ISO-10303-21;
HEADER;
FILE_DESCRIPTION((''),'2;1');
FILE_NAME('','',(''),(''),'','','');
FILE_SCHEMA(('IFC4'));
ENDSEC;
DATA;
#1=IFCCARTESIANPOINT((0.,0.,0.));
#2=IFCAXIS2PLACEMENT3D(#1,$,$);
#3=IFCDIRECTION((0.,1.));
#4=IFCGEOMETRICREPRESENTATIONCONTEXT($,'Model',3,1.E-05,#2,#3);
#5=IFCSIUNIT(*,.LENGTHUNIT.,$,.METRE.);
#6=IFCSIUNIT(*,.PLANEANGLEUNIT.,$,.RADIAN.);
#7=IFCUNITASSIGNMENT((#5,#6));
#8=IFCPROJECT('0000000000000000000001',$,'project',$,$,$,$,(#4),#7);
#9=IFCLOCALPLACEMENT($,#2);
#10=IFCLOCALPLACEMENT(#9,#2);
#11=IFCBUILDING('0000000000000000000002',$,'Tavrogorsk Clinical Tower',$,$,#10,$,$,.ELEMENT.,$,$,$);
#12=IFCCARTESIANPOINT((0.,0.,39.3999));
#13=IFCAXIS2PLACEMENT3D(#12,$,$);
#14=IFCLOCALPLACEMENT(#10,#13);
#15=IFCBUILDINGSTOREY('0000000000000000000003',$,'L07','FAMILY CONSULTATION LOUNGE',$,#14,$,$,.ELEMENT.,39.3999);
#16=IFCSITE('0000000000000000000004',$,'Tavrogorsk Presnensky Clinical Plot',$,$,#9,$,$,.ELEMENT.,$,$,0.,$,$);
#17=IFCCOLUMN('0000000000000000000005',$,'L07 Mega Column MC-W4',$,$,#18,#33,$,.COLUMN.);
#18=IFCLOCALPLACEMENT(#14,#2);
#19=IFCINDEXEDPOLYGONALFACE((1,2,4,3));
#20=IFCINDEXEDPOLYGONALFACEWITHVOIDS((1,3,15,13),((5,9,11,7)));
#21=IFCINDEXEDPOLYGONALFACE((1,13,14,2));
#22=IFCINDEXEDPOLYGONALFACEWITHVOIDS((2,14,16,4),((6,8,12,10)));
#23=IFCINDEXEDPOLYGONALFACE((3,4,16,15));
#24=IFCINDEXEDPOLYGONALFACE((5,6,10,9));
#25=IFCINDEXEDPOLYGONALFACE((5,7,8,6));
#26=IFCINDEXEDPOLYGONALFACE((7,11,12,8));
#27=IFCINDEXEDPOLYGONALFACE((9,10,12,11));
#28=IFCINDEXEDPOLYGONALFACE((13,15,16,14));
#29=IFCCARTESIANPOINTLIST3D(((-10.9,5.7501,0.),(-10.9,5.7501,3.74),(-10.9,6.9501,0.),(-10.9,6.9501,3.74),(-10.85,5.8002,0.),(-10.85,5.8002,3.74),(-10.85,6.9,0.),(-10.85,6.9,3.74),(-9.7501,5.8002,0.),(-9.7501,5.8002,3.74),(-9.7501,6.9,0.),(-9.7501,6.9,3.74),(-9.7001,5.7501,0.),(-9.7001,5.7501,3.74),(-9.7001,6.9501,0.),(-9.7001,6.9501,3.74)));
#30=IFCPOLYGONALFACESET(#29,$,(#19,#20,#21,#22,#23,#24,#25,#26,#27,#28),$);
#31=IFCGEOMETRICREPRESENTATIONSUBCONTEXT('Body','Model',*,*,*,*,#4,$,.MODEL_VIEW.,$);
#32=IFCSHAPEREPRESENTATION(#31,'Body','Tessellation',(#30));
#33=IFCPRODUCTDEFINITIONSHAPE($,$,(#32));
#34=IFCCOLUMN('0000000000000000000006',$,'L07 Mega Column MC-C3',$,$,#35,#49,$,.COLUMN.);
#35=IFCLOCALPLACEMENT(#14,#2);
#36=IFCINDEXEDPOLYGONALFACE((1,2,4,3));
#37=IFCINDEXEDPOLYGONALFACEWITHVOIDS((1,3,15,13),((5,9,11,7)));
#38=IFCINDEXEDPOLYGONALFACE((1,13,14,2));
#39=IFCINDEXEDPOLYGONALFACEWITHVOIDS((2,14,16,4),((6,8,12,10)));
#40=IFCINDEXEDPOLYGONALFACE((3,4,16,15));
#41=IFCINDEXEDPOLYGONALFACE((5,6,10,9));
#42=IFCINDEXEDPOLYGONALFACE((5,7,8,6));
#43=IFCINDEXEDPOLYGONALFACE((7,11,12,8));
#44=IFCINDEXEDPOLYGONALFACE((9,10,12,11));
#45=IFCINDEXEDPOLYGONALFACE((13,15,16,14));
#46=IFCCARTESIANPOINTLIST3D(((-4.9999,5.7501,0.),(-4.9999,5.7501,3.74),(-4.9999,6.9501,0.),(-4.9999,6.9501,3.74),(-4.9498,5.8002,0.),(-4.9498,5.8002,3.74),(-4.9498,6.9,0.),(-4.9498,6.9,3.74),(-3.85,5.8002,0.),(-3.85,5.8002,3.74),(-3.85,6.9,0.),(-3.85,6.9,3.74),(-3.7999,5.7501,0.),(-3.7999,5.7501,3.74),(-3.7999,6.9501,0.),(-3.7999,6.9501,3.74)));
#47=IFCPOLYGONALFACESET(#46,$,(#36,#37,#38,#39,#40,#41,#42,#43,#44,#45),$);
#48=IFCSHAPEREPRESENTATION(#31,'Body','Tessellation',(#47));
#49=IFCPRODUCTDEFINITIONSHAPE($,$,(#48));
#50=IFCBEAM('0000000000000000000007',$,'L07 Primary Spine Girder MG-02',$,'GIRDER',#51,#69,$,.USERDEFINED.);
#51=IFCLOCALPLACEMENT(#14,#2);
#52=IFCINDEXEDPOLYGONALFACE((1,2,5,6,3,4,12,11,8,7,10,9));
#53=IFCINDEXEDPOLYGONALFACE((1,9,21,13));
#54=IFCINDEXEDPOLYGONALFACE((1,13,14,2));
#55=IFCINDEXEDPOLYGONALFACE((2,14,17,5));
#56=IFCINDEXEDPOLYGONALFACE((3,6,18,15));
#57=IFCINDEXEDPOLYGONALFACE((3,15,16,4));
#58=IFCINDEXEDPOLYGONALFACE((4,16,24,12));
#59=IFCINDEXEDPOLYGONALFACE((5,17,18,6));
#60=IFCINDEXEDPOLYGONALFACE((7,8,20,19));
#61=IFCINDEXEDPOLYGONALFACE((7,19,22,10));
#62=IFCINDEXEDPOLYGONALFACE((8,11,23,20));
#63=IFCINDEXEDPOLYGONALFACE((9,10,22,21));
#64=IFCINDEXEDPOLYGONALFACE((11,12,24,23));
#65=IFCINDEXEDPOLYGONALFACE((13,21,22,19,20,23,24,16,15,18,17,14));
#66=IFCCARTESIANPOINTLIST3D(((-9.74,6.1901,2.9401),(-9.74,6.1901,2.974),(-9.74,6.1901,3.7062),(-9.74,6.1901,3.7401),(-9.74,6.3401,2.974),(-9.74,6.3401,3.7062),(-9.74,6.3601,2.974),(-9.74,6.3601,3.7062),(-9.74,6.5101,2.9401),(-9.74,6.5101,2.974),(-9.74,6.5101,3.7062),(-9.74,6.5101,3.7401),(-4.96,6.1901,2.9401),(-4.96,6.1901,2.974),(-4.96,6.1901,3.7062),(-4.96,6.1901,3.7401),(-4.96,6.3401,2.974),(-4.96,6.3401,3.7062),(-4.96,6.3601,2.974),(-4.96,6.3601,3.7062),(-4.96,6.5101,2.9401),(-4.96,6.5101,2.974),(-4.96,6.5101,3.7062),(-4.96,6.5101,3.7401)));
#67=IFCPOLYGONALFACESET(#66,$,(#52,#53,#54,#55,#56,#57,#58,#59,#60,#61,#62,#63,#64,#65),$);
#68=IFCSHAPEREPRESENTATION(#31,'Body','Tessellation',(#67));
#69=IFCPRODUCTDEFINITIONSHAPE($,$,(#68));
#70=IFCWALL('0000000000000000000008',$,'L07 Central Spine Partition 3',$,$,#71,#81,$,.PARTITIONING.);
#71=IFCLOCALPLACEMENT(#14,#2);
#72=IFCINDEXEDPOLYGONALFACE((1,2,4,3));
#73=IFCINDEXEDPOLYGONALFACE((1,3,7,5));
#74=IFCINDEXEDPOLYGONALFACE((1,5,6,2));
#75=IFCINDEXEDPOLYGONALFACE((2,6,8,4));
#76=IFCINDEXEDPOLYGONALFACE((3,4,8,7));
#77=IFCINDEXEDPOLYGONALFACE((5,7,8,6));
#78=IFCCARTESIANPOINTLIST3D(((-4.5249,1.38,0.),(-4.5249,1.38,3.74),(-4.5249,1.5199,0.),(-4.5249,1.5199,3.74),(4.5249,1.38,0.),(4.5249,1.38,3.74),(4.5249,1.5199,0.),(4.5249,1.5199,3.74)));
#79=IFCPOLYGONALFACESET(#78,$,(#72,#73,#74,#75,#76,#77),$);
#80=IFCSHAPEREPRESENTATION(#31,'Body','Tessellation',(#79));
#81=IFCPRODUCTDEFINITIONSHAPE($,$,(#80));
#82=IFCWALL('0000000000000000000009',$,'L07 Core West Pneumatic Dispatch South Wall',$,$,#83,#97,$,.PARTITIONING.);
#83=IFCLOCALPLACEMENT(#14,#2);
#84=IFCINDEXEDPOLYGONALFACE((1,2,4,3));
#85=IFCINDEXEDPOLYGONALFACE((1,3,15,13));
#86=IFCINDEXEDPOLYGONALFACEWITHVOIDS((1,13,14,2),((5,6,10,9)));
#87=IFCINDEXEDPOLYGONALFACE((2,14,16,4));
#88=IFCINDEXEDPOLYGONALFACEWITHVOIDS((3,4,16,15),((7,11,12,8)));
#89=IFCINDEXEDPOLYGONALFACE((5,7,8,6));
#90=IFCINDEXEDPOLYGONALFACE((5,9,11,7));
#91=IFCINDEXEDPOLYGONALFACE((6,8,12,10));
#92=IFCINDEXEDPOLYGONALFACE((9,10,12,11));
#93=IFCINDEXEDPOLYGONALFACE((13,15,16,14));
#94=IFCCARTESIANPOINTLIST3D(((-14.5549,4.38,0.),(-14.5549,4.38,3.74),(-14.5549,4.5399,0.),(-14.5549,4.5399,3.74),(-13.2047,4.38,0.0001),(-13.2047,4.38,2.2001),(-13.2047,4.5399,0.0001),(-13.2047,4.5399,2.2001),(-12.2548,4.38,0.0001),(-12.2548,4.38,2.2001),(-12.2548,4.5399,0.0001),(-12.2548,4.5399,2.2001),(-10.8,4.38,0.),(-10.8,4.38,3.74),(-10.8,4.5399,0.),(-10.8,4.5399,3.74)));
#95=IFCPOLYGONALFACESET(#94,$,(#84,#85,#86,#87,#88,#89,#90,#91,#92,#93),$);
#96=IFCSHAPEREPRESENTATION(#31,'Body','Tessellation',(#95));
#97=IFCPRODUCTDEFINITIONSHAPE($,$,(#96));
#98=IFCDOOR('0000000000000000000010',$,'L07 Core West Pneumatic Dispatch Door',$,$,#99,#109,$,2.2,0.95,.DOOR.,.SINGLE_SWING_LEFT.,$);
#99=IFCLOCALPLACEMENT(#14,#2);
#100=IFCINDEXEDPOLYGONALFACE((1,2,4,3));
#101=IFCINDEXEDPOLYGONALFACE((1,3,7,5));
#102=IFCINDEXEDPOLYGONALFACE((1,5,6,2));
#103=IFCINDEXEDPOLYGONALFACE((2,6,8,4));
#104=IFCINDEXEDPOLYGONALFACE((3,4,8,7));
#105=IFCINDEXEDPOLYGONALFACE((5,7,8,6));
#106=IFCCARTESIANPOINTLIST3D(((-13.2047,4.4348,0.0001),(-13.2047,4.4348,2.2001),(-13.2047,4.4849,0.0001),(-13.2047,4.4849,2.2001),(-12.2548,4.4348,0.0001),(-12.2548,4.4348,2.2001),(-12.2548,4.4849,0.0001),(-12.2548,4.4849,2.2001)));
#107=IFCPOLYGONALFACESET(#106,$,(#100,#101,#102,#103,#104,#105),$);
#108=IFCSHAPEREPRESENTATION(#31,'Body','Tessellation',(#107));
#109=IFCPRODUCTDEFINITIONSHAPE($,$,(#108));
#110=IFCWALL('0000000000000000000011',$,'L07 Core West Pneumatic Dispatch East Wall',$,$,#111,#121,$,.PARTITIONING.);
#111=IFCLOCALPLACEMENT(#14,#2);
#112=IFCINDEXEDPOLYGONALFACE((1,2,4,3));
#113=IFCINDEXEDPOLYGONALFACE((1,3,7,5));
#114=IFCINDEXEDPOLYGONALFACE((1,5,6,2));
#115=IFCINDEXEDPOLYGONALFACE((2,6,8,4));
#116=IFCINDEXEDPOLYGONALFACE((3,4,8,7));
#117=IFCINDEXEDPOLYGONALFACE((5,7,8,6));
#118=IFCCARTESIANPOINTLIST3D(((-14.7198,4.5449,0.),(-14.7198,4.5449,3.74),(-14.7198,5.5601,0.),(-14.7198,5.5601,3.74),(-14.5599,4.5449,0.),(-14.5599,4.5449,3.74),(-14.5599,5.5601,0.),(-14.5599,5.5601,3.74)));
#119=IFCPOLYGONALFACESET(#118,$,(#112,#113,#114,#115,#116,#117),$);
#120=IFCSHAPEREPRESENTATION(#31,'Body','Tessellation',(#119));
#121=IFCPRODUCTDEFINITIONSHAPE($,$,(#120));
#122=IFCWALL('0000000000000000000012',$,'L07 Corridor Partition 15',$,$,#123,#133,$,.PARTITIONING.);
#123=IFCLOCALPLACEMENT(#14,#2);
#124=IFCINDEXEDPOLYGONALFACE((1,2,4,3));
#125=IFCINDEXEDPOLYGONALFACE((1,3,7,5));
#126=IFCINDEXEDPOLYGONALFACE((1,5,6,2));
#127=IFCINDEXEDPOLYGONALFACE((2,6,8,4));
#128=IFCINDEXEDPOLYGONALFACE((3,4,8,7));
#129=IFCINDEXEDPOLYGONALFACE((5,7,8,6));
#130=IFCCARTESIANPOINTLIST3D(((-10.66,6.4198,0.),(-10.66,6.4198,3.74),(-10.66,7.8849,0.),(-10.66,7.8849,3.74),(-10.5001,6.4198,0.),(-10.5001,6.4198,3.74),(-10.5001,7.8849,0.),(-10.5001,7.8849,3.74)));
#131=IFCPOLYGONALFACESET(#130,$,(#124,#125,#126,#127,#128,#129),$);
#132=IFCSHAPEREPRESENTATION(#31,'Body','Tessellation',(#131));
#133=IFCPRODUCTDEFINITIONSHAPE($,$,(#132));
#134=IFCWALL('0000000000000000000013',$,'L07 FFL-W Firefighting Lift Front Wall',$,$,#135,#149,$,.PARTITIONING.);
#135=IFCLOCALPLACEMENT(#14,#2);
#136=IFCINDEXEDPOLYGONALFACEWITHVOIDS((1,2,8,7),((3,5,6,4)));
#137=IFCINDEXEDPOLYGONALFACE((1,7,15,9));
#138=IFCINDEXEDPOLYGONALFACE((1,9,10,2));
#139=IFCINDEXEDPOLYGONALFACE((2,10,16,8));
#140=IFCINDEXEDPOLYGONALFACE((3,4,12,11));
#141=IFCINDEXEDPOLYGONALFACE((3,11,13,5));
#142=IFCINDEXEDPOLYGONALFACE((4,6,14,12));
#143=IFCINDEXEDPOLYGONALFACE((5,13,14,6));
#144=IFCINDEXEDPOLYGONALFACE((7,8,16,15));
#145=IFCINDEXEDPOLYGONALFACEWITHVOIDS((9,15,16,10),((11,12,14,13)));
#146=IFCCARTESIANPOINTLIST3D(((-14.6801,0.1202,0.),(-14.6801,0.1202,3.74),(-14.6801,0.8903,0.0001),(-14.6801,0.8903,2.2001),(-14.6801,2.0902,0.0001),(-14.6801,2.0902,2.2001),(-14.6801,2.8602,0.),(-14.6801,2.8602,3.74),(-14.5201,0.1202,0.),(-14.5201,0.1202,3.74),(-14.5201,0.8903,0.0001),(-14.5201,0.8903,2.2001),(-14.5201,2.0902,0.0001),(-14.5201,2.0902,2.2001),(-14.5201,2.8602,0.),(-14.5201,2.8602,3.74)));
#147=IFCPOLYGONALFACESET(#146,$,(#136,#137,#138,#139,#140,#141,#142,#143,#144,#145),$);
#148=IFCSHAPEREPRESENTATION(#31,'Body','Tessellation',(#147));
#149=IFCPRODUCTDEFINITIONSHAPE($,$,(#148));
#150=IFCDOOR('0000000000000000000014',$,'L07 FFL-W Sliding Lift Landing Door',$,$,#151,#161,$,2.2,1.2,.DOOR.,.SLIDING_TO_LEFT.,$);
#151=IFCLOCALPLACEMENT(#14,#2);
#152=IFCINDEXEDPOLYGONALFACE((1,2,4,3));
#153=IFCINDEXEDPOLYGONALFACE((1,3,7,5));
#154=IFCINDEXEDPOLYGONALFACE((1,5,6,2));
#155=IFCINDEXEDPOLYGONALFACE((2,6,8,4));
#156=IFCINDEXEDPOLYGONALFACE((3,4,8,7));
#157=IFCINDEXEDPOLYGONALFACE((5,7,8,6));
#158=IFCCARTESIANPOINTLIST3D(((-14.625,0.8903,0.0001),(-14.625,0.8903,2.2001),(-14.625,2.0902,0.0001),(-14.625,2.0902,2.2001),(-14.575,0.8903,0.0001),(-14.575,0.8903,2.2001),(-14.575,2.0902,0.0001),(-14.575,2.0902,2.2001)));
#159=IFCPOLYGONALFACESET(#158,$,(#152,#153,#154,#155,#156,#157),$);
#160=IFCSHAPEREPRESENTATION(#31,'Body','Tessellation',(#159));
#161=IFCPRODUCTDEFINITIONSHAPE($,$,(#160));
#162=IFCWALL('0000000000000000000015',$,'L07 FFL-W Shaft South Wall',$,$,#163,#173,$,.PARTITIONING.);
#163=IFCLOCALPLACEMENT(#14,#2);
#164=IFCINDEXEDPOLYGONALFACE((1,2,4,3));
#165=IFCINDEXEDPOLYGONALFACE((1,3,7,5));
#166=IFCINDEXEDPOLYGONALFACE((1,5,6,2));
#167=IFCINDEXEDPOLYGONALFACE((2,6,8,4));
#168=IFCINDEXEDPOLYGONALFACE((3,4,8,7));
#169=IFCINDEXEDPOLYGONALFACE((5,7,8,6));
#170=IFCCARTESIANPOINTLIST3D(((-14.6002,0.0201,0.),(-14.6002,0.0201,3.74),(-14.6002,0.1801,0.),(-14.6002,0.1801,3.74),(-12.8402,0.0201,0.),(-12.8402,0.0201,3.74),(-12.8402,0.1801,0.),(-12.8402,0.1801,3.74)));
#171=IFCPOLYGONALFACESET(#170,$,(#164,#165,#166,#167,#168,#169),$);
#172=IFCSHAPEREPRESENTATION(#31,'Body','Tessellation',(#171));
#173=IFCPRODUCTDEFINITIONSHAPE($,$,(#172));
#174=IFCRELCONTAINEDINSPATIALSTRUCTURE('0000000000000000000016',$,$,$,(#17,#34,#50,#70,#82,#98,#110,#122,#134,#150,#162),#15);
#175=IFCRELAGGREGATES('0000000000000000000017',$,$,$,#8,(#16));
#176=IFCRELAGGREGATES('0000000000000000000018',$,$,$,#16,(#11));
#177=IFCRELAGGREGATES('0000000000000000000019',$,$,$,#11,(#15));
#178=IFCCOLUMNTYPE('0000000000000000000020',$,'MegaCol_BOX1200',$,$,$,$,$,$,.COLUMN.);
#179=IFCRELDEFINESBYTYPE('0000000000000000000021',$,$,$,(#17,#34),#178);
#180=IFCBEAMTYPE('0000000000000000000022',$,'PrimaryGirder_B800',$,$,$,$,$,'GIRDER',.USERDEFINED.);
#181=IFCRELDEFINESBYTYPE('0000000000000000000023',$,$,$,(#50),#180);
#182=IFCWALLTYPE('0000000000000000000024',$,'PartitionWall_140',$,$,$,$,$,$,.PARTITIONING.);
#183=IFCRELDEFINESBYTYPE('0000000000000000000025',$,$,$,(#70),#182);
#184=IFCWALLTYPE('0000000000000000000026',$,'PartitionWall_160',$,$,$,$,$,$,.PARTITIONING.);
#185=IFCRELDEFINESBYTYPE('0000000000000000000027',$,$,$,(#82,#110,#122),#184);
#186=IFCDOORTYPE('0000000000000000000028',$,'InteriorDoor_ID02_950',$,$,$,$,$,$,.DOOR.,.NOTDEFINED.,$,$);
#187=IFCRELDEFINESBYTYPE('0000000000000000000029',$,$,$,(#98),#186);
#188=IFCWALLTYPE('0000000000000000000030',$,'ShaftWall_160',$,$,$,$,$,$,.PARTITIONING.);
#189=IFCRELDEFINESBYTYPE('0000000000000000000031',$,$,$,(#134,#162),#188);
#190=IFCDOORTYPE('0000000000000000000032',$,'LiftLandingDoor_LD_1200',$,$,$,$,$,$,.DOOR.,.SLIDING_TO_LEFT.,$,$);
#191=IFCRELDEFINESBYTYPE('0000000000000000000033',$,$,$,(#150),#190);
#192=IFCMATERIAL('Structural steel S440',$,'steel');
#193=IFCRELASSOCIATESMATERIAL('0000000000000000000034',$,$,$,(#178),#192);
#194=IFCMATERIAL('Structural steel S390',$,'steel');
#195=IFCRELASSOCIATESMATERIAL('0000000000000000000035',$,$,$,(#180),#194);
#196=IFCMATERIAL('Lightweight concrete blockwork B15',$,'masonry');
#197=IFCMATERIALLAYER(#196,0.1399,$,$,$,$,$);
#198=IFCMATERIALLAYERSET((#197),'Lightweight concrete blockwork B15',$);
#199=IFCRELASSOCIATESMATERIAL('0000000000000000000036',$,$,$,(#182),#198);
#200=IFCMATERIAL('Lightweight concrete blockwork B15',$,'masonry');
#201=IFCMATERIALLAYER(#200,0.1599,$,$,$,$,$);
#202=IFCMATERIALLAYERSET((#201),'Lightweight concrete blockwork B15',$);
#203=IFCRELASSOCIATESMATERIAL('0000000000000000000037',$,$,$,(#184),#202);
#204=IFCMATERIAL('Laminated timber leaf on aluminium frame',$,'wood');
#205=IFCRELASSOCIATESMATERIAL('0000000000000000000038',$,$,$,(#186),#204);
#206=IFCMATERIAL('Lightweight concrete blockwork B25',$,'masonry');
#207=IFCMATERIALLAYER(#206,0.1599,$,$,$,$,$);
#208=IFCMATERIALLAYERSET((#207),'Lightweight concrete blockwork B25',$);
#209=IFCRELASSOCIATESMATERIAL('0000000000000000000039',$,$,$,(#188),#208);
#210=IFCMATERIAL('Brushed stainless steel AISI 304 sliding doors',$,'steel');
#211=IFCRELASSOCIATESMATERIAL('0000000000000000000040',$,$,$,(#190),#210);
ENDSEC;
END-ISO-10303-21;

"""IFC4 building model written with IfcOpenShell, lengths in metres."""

from ifc_helpers import new_model, si_unit, direction, frame, frame_2d, origin, origin_2d, place, context, subcontext, project, spatial, rectangle, hollow_rectangle, i_section, extrude, material, layer, layer_set, material_profile, profile_set, type_object, element, fill, save


model = new_model("IFC4")

# Units and contexts
model_context = context("Model", 3, precision=1e-05, world=origin(), true_north=direction((0.0, 1.0)))
body_context = subcontext(model_context, "Body", "Model", "MODEL_VIEW")
ifc_project = project(units=[si_unit("LENGTHUNIT", "METRE"), si_unit("PLANEANGLEUNIT", "RADIAN")], contexts=[model_context])

# Site, building, storey
site_placement = place(None, origin())
site = spatial("IfcSite", under=ifc_project, at=site_placement, Name="Tavrogorsk Presnensky Clinical Plot", CompositionType="ELEMENT", RefElevation=0.0)
building_placement = place(site_placement, origin())
building = spatial("IfcBuilding", under=site, at=building_placement, Name="Tavrogorsk Clinical Tower", CompositionType="ELEMENT")
storey_placement = place(building_placement, frame((0.0, 0.0, 39.3999)))
storey = spatial("IfcBuildingStorey", under=building, at=storey_placement, Name="L07", Description="FAMILY CONSULTATION LOUNGE", CompositionType="ELEMENT", Elevation=39.3999)

# Columns
ifc_material_1 = material(Name="Structural steel S440", Category="steel")
ifc_material_profile_1 = material_profile(ifc_material_1, hollow_rectangle(XDim=1.2, YDim=1.2, WallThickness=0.05, at=origin_2d()), Name="BOX-1200x1200x50")
ifc_profile_set_1 = profile_set([ifc_material_profile_1], Name="Structural steel S440")
column_type = type_object("IfcColumnType", Name="MegaCol_BOX1200", PredefinedType="COLUMN", material=ifc_profile_set_1)
for number, where, z_axis, x_axis, name in (
    (1, (-10.3, 6.3501, 0.0), (0.0, 0.0, 1.0), (1.0, 0.0, 0.0), "L07 Mega Column MC-W4"),
    (2, (-4.3999, 6.3501, 0.0), (0.0, 0.0, 1.0), (1.0, 0.0, 0.0), "L07 Mega Column MC-C3"),
):
    element("IfcColumn", number, at=place(storey_placement, frame(where, z_axis=z_axis, x_axis=x_axis)), inside=storey, type_object=column_type, Name=name, PredefinedType="COLUMN", context=body_context, shape_type="SweptSolid", body=[
        extrude(hollow_rectangle(XDim=1.2, YDim=1.2, WallThickness=0.05, at=origin_2d()), origin(), (0.0, 0.0, 1.0), 3.74),
    ])

# Beam
ifc_material_2 = material(Name="Structural steel S390", Category="steel")
ifc_material_profile_2 = material_profile(ifc_material_2, i_section(OverallWidth=0.3201, OverallDepth=0.8, WebThickness=0.02, FlangeThickness=0.0339, at=origin_2d()), Name="B-800x320x20x34")
ifc_profile_set_2 = profile_set([ifc_material_profile_2], Name="Structural steel S390")
beam_type = type_object("IfcBeamType", Name="PrimaryGirder_B800", ElementType="GIRDER", PredefinedType="USERDEFINED", material=ifc_profile_set_2)
beam_placement = place(storey_placement, frame((-9.74, 6.3501, 3.3401), z_axis=(1.0, 0.0, 0.0), x_axis=(0.0, 1.0, 0.0)))
element("IfcBeam", 3, at=beam_placement, inside=storey, type_object=beam_type, Name="L07 Primary Spine Girder MG-02", ObjectType="GIRDER", PredefinedType="USERDEFINED", context=body_context, shape_type="SweptSolid", body=[
    extrude(i_section(OverallWidth=0.3201, OverallDepth=0.8, WebThickness=0.02, FlangeThickness=0.0339, at=origin_2d()), origin(), (0.0, 0.0, 1.0), 4.78),
])

# Wall
ifc_material_3 = material(Name="Lightweight concrete blockwork B15", Category="masonry")
ifc_layer_1 = layer(ifc_material_3, 0.1399)
ifc_layer_set_1 = layer_set([ifc_layer_1], Name="Lightweight concrete blockwork B15")
wall_type_1 = type_object("IfcWallType", Name="PartitionWall_140", PredefinedType="PARTITIONING", material=ifc_layer_set_1)
wall_1_placement = place(storey_placement, frame((-4.5249, 1.45, 0.0), z_axis=(0.0, 0.0, 1.0), x_axis=(1.0, 0.0, 0.0)))
element("IfcWall", 4, at=wall_1_placement, inside=storey, type_object=wall_type_1, Name="L07 Central Spine Partition 3", PredefinedType="PARTITIONING", context=body_context, shape_type="SweptSolid", body=[
    extrude(rectangle(XDim=9.0498, YDim=0.1399, at=frame_2d((4.5249, 0.0))), origin(), (0.0, 0.0, 1.0), 3.74),
])

# Wall, opening, door
ifc_material_4 = material(Name="Lightweight concrete blockwork B15", Category="masonry")
ifc_layer_2 = layer(ifc_material_4, 0.1599)
ifc_layer_set_2 = layer_set([ifc_layer_2], Name="Lightweight concrete blockwork B15")
wall_type_2 = type_object("IfcWallType", Name="PartitionWall_160", PredefinedType="PARTITIONING", material=ifc_layer_set_2)
wall_2_placement = place(storey_placement, frame((-14.5549, 4.46, 0.0), z_axis=(0.0, 0.0, 1.0), x_axis=(1.0, 0.0, 0.0)))
wall_2 = element("IfcWall", 5, at=wall_2_placement, inside=storey, type_object=wall_type_2, Name="L07 Core West Pneumatic Dispatch South Wall", PredefinedType="PARTITIONING", context=body_context, shape_type="SweptSolid", body=[
    extrude(rectangle(XDim=3.7549, YDim=0.1599, at=frame_2d((1.8774, 0.0))), origin(), (0.0, 0.0, 1.0), 3.74),
])
opening_1_placement = place(wall_2_placement, frame((1.3501, 0.0, 0.0)))
opening_1 = element("IfcOpeningElement", 6, at=opening_1_placement, cuts=wall_2, PredefinedType="OPENING", context=body_context, shape_type="SweptSolid", body=[
    extrude(rectangle(XDim=0.95, YDim=2.2, at=frame_2d((0.4751, 1.1001))), frame((0.0, 0.0898, 0.0), z_axis=(0.0, -1.0, 0.0), x_axis=(1.0, 0.0, 0.0)), (0.0, 0.0, 1.0), 0.1799),
])
ifc_material_5 = material(Name="Laminated timber leaf on aluminium frame", Category="wood")
door_type_1 = type_object("IfcDoorType", Name="InteriorDoor_ID02_950", OperationType="NOTDEFINED", PredefinedType="DOOR", material=ifc_material_5)
door_1_placement = place(opening_1_placement, origin())
door_1 = element("IfcDoor", 7, at=door_1_placement, inside=storey, type_object=door_type_1, Name="L07 Core West Pneumatic Dispatch Door", OperationType="SINGLE_SWING_LEFT", OverallHeight=2.2, OverallWidth=0.95, PredefinedType="DOOR", context=body_context, shape_type="SweptSolid", body=[
    extrude(rectangle(XDim=0.95, YDim=2.2, at=frame_2d((0.4751, 1.1001))), frame((0.0, 0.0249, 0.0), z_axis=(0.0, -1.0, 0.0), x_axis=(1.0, 0.0, 0.0)), (0.0, 0.0, 1.0), 0.05),
])
fill(opening_1, door_1)

# Walls
wall_3_placement = place(storey_placement, frame((-14.6399, 4.5449, 0.0), z_axis=(0.0, 0.0, 1.0), x_axis=(0.0, 1.0, 0.0)))
element("IfcWall", 8, at=wall_3_placement, inside=storey, type_object=wall_type_2, Name="L07 Core West Pneumatic Dispatch East Wall", PredefinedType="PARTITIONING", context=body_context, shape_type="SweptSolid", body=[
    extrude(rectangle(XDim=1.0151, YDim=0.1599, at=frame_2d((0.5076, 0.0))), origin(), (0.0, 0.0, 1.0), 3.74),
])
wall_4_placement = place(storey_placement, frame((-10.5801, 6.4199, 0.0), z_axis=(0.0, 0.0, 1.0), x_axis=(0.0, 1.0, 0.0)))
element("IfcWall", 9, at=wall_4_placement, inside=storey, type_object=wall_type_2, Name="L07 Corridor Partition 15", PredefinedType="PARTITIONING", context=body_context, shape_type="SweptSolid", body=[
    extrude(rectangle(XDim=1.4651, YDim=0.1599, at=frame_2d((0.7324, 0.0))), origin(), (0.0, 0.0, 1.0), 3.74),
])

# Wall, opening, door
ifc_material_6 = material(Name="Lightweight concrete blockwork B25", Category="masonry")
ifc_layer_3 = layer(ifc_material_6, 0.1599)
ifc_layer_set_3 = layer_set([ifc_layer_3], Name="Lightweight concrete blockwork B25")
wall_type_3 = type_object("IfcWallType", Name="ShaftWall_160", PredefinedType="PARTITIONING", material=ifc_layer_set_3)
wall_5_placement = place(storey_placement, frame((-14.6001, 0.1201, 0.0), z_axis=(0.0, 0.0, 1.0), x_axis=(0.0, 1.0, 0.0)))
wall_5 = element("IfcWall", 10, at=wall_5_placement, inside=storey, type_object=wall_type_3, Name="L07 FFL-W Firefighting Lift Front Wall", PredefinedType="PARTITIONING", context=body_context, shape_type="SweptSolid", body=[
    extrude(rectangle(XDim=2.74, YDim=0.1599, at=frame_2d((1.3701, 0.0))), origin(), (0.0, 0.0, 1.0), 3.74),
])
opening_2_placement = place(wall_5_placement, frame((0.77, 0.0, 0.0)))
opening_2 = element("IfcOpeningElement", 11, at=opening_2_placement, cuts=wall_5, PredefinedType="OPENING", context=body_context, shape_type="SweptSolid", body=[
    extrude(rectangle(XDim=1.2, YDim=2.2, at=frame_2d((0.6001, 1.1001))), frame((0.0, 0.0898, 0.0), z_axis=(0.0, -1.0, 0.0), x_axis=(1.0, 0.0, 0.0)), (0.0, 0.0, 1.0), 0.1799),
])
ifc_material_7 = material(Name="Brushed stainless steel AISI 304 sliding doors", Category="steel")
door_type_2 = type_object("IfcDoorType", Name="LiftLandingDoor_LD_1200", OperationType="SLIDING_TO_LEFT", PredefinedType="DOOR", material=ifc_material_7)
door_2_placement = place(opening_2_placement, origin())
door_2 = element("IfcDoor", 12, at=door_2_placement, inside=storey, type_object=door_type_2, Name="L07 FFL-W Sliding Lift Landing Door", OperationType="SLIDING_TO_LEFT", OverallHeight=2.2, OverallWidth=1.2, PredefinedType="DOOR", context=body_context, shape_type="SweptSolid", body=[
    extrude(rectangle(XDim=1.2, YDim=2.2, at=frame_2d((0.6001, 1.1001))), frame((0.0, 0.0249, 0.0), z_axis=(0.0, -1.0, 0.0), x_axis=(1.0, 0.0, 0.0)), (0.0, 0.0, 1.0), 0.05),
])
fill(opening_2, door_2)

# Wall
for number, where, z_axis, x_axis, name in (
    (13, (-14.6001, 0.1001, 0.0), (0.0, 0.0, 1.0), (1.0, 0.0, 0.0), "L07 FFL-W Shaft South Wall"),
):
    element("IfcWall", number, at=place(storey_placement, frame(where, z_axis=z_axis, x_axis=x_axis)), inside=storey, type_object=wall_type_3, Name=name, PredefinedType="PARTITIONING", context=body_context, shape_type="SweptSolid", body=[
        extrude(rectangle(XDim=1.76, YDim=0.1599, at=frame_2d((0.8799, 0.0))), origin(), (0.0, 0.0, 1.0), 3.74),
    ])

save(model, "model.ifc")
